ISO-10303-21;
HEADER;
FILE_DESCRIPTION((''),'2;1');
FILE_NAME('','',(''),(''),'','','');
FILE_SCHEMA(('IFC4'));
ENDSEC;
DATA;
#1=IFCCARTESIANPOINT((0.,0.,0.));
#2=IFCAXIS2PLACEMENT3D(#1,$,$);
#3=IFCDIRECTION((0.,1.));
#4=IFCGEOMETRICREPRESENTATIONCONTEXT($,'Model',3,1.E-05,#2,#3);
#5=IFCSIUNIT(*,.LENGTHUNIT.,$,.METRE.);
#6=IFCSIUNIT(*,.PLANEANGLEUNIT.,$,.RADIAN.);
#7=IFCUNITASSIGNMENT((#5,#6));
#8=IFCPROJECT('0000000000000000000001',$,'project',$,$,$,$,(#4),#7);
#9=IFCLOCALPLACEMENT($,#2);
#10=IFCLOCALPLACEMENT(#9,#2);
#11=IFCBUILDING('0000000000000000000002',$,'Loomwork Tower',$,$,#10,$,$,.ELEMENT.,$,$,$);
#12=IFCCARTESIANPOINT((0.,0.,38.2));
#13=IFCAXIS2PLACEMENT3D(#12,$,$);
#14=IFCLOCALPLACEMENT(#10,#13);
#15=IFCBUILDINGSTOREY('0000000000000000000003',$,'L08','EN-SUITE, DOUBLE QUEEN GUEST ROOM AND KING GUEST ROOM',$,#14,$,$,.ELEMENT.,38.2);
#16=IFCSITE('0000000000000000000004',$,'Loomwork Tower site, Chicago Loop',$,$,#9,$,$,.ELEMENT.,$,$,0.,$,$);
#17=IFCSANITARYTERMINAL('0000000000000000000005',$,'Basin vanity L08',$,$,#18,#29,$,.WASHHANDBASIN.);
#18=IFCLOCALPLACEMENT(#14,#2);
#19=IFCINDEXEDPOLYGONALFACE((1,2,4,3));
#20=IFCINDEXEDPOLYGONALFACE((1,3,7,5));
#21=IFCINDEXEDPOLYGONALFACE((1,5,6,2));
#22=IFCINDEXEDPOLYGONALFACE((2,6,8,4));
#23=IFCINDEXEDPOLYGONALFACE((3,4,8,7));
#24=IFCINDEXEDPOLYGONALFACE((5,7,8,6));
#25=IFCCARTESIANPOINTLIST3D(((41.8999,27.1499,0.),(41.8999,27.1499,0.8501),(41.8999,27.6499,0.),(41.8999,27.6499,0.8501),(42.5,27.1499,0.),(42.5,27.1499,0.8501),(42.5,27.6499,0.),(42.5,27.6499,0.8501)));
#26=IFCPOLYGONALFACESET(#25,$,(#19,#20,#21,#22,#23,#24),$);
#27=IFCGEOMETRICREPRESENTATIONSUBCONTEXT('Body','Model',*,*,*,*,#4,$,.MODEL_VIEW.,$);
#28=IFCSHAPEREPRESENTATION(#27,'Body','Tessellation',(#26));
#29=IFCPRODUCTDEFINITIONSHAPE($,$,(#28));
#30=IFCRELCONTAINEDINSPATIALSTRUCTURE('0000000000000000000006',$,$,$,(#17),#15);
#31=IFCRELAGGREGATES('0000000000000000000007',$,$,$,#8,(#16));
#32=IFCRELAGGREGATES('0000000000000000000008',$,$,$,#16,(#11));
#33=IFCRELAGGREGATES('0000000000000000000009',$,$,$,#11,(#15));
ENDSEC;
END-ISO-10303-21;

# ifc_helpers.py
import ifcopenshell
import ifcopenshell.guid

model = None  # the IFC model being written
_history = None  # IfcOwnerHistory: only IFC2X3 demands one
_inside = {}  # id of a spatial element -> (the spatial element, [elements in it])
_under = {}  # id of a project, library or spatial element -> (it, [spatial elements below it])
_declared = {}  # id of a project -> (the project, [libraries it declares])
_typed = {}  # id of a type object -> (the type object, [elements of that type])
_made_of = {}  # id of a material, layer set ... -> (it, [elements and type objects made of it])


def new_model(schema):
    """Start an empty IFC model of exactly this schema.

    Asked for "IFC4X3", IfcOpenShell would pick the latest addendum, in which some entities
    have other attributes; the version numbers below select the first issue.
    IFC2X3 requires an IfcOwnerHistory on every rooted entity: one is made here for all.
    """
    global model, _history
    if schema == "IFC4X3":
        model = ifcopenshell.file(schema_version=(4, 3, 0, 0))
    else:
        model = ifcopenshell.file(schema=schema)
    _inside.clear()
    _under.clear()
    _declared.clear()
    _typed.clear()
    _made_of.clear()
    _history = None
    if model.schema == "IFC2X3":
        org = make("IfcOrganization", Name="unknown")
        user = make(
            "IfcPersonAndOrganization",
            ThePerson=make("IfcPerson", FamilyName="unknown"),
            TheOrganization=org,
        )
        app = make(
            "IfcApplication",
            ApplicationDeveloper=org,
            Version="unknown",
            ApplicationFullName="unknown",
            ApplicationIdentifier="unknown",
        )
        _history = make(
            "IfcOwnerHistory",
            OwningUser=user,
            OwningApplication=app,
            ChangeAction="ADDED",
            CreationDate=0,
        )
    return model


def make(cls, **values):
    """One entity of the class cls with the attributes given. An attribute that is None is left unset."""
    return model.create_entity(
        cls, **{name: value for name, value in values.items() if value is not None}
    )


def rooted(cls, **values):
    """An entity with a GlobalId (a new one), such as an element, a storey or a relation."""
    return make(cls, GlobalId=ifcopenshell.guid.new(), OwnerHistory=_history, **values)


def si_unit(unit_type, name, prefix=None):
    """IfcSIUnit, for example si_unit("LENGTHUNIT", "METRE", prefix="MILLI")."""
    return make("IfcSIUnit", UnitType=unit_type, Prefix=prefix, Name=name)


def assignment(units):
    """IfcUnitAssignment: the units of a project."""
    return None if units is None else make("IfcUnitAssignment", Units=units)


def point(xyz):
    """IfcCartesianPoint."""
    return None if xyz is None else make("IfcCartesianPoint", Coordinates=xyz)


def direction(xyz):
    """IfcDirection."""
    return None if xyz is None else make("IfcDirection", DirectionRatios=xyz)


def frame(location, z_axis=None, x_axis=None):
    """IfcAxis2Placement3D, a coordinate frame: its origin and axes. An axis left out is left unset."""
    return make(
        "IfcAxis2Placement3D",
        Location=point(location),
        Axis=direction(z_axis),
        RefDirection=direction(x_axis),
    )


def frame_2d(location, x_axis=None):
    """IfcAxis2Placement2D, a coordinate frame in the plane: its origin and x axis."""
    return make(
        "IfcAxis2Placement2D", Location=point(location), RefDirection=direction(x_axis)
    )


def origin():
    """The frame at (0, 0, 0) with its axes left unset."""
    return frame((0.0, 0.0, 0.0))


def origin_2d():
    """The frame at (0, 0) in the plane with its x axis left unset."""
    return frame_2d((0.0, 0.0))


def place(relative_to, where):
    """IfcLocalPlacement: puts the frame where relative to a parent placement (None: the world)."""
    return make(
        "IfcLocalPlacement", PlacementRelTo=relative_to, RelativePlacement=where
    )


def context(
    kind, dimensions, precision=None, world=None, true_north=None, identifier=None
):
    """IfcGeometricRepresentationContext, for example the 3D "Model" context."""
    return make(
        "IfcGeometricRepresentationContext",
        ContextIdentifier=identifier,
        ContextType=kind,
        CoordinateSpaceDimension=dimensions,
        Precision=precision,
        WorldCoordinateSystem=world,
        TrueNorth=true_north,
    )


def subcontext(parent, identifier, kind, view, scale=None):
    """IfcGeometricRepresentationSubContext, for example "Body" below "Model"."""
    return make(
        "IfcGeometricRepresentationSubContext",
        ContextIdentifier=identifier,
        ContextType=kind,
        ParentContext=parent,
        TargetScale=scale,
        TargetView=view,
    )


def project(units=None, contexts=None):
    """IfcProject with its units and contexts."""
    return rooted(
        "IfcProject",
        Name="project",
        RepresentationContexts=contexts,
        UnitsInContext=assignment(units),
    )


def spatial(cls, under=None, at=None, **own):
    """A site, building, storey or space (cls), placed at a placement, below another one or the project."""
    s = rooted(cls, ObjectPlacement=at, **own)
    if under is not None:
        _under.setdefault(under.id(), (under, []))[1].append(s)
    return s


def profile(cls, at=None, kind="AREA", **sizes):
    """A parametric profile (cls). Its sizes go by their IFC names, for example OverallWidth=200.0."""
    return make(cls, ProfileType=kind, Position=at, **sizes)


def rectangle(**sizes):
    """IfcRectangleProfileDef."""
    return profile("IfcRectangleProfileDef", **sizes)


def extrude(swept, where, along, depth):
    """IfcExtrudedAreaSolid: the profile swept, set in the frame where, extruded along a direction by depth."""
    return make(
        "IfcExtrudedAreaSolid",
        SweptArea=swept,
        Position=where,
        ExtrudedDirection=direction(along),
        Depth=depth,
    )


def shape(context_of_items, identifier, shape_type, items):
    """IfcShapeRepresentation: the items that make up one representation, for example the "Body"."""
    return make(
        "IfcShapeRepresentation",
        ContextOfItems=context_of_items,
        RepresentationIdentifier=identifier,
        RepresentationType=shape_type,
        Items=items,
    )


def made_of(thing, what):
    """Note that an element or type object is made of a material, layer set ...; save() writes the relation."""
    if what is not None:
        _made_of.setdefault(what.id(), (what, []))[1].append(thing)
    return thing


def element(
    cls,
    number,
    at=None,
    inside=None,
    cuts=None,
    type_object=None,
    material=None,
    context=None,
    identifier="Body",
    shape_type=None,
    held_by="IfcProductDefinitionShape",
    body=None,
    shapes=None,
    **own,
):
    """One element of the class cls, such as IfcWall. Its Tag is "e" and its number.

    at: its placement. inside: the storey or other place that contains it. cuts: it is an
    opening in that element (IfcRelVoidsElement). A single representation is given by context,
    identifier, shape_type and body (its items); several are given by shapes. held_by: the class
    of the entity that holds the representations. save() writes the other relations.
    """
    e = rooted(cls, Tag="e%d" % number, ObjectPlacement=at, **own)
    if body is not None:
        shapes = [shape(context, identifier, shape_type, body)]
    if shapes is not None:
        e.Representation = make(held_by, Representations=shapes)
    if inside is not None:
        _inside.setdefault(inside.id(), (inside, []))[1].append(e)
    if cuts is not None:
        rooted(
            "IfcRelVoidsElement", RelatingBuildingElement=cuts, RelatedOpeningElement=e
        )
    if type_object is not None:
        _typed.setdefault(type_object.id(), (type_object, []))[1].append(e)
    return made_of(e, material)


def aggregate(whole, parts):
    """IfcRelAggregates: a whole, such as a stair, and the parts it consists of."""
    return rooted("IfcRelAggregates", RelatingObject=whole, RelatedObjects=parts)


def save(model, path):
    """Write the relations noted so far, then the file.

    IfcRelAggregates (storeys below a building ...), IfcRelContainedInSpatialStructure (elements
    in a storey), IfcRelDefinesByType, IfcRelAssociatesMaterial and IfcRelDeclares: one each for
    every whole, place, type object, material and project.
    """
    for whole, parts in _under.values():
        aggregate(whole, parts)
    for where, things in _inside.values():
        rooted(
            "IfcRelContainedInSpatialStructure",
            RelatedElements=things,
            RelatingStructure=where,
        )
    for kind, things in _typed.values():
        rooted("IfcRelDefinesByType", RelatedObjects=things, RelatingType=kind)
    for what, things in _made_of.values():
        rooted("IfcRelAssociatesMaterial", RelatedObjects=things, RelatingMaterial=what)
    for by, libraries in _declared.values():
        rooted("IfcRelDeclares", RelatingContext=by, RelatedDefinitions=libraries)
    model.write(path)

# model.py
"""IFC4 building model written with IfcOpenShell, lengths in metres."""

from ifc_helpers import new_model, si_unit, direction, frame, origin, origin_2d, place, context, subcontext, project, spatial, rectangle, extrude, element, save


model = new_model("IFC4")

# Units and contexts
model_context = context("Model", 3, precision=1e-05, world=origin(), true_north=direction((0.0, 1.0)))
body_context = subcontext(model_context, "Body", "Model", "MODEL_VIEW")
ifc_project = project(units=[si_unit("LENGTHUNIT", "METRE"), si_unit("PLANEANGLEUNIT", "RADIAN")], contexts=[model_context])

# Site, building, storey
site_placement = place(None, origin())
site = spatial("IfcSite", under=ifc_project, at=site_placement, Name="Loomwork Tower site, Chicago Loop", CompositionType="ELEMENT", RefElevation=0.0)
building_placement = place(site_placement, origin())
building = spatial("IfcBuilding", under=site, at=building_placement, Name="Loomwork Tower", CompositionType="ELEMENT")
storey_placement = place(building_placement, frame((0.0, 0.0, 38.2)))
storey = spatial("IfcBuildingStorey", under=building, at=storey_placement, Name="L08", Description="EN-SUITE, DOUBLE QUEEN GUEST ROOM AND KING GUEST ROOM", CompositionType="ELEMENT", Elevation=38.2)

# Sanitary terminal
sanitary_terminal_1_placement = place(storey_placement, frame((42.2, 27.3999, 0.0), z_axis=(0.0, 0.0, 1.0), x_axis=(1.0, 0.0, 0.0)))
element("IfcSanitaryTerminal", 1, at=sanitary_terminal_1_placement, inside=storey, Name="Basin vanity L08", PredefinedType="WASHHANDBASIN", context=body_context, shape_type="SweptSolid", body=[
    extrude(rectangle(XDim=0.6001, YDim=0.5, at=origin_2d()), origin(), (0.0, 0.0, 1.0), 0.8501),
])

save(model, "model.ifc")
